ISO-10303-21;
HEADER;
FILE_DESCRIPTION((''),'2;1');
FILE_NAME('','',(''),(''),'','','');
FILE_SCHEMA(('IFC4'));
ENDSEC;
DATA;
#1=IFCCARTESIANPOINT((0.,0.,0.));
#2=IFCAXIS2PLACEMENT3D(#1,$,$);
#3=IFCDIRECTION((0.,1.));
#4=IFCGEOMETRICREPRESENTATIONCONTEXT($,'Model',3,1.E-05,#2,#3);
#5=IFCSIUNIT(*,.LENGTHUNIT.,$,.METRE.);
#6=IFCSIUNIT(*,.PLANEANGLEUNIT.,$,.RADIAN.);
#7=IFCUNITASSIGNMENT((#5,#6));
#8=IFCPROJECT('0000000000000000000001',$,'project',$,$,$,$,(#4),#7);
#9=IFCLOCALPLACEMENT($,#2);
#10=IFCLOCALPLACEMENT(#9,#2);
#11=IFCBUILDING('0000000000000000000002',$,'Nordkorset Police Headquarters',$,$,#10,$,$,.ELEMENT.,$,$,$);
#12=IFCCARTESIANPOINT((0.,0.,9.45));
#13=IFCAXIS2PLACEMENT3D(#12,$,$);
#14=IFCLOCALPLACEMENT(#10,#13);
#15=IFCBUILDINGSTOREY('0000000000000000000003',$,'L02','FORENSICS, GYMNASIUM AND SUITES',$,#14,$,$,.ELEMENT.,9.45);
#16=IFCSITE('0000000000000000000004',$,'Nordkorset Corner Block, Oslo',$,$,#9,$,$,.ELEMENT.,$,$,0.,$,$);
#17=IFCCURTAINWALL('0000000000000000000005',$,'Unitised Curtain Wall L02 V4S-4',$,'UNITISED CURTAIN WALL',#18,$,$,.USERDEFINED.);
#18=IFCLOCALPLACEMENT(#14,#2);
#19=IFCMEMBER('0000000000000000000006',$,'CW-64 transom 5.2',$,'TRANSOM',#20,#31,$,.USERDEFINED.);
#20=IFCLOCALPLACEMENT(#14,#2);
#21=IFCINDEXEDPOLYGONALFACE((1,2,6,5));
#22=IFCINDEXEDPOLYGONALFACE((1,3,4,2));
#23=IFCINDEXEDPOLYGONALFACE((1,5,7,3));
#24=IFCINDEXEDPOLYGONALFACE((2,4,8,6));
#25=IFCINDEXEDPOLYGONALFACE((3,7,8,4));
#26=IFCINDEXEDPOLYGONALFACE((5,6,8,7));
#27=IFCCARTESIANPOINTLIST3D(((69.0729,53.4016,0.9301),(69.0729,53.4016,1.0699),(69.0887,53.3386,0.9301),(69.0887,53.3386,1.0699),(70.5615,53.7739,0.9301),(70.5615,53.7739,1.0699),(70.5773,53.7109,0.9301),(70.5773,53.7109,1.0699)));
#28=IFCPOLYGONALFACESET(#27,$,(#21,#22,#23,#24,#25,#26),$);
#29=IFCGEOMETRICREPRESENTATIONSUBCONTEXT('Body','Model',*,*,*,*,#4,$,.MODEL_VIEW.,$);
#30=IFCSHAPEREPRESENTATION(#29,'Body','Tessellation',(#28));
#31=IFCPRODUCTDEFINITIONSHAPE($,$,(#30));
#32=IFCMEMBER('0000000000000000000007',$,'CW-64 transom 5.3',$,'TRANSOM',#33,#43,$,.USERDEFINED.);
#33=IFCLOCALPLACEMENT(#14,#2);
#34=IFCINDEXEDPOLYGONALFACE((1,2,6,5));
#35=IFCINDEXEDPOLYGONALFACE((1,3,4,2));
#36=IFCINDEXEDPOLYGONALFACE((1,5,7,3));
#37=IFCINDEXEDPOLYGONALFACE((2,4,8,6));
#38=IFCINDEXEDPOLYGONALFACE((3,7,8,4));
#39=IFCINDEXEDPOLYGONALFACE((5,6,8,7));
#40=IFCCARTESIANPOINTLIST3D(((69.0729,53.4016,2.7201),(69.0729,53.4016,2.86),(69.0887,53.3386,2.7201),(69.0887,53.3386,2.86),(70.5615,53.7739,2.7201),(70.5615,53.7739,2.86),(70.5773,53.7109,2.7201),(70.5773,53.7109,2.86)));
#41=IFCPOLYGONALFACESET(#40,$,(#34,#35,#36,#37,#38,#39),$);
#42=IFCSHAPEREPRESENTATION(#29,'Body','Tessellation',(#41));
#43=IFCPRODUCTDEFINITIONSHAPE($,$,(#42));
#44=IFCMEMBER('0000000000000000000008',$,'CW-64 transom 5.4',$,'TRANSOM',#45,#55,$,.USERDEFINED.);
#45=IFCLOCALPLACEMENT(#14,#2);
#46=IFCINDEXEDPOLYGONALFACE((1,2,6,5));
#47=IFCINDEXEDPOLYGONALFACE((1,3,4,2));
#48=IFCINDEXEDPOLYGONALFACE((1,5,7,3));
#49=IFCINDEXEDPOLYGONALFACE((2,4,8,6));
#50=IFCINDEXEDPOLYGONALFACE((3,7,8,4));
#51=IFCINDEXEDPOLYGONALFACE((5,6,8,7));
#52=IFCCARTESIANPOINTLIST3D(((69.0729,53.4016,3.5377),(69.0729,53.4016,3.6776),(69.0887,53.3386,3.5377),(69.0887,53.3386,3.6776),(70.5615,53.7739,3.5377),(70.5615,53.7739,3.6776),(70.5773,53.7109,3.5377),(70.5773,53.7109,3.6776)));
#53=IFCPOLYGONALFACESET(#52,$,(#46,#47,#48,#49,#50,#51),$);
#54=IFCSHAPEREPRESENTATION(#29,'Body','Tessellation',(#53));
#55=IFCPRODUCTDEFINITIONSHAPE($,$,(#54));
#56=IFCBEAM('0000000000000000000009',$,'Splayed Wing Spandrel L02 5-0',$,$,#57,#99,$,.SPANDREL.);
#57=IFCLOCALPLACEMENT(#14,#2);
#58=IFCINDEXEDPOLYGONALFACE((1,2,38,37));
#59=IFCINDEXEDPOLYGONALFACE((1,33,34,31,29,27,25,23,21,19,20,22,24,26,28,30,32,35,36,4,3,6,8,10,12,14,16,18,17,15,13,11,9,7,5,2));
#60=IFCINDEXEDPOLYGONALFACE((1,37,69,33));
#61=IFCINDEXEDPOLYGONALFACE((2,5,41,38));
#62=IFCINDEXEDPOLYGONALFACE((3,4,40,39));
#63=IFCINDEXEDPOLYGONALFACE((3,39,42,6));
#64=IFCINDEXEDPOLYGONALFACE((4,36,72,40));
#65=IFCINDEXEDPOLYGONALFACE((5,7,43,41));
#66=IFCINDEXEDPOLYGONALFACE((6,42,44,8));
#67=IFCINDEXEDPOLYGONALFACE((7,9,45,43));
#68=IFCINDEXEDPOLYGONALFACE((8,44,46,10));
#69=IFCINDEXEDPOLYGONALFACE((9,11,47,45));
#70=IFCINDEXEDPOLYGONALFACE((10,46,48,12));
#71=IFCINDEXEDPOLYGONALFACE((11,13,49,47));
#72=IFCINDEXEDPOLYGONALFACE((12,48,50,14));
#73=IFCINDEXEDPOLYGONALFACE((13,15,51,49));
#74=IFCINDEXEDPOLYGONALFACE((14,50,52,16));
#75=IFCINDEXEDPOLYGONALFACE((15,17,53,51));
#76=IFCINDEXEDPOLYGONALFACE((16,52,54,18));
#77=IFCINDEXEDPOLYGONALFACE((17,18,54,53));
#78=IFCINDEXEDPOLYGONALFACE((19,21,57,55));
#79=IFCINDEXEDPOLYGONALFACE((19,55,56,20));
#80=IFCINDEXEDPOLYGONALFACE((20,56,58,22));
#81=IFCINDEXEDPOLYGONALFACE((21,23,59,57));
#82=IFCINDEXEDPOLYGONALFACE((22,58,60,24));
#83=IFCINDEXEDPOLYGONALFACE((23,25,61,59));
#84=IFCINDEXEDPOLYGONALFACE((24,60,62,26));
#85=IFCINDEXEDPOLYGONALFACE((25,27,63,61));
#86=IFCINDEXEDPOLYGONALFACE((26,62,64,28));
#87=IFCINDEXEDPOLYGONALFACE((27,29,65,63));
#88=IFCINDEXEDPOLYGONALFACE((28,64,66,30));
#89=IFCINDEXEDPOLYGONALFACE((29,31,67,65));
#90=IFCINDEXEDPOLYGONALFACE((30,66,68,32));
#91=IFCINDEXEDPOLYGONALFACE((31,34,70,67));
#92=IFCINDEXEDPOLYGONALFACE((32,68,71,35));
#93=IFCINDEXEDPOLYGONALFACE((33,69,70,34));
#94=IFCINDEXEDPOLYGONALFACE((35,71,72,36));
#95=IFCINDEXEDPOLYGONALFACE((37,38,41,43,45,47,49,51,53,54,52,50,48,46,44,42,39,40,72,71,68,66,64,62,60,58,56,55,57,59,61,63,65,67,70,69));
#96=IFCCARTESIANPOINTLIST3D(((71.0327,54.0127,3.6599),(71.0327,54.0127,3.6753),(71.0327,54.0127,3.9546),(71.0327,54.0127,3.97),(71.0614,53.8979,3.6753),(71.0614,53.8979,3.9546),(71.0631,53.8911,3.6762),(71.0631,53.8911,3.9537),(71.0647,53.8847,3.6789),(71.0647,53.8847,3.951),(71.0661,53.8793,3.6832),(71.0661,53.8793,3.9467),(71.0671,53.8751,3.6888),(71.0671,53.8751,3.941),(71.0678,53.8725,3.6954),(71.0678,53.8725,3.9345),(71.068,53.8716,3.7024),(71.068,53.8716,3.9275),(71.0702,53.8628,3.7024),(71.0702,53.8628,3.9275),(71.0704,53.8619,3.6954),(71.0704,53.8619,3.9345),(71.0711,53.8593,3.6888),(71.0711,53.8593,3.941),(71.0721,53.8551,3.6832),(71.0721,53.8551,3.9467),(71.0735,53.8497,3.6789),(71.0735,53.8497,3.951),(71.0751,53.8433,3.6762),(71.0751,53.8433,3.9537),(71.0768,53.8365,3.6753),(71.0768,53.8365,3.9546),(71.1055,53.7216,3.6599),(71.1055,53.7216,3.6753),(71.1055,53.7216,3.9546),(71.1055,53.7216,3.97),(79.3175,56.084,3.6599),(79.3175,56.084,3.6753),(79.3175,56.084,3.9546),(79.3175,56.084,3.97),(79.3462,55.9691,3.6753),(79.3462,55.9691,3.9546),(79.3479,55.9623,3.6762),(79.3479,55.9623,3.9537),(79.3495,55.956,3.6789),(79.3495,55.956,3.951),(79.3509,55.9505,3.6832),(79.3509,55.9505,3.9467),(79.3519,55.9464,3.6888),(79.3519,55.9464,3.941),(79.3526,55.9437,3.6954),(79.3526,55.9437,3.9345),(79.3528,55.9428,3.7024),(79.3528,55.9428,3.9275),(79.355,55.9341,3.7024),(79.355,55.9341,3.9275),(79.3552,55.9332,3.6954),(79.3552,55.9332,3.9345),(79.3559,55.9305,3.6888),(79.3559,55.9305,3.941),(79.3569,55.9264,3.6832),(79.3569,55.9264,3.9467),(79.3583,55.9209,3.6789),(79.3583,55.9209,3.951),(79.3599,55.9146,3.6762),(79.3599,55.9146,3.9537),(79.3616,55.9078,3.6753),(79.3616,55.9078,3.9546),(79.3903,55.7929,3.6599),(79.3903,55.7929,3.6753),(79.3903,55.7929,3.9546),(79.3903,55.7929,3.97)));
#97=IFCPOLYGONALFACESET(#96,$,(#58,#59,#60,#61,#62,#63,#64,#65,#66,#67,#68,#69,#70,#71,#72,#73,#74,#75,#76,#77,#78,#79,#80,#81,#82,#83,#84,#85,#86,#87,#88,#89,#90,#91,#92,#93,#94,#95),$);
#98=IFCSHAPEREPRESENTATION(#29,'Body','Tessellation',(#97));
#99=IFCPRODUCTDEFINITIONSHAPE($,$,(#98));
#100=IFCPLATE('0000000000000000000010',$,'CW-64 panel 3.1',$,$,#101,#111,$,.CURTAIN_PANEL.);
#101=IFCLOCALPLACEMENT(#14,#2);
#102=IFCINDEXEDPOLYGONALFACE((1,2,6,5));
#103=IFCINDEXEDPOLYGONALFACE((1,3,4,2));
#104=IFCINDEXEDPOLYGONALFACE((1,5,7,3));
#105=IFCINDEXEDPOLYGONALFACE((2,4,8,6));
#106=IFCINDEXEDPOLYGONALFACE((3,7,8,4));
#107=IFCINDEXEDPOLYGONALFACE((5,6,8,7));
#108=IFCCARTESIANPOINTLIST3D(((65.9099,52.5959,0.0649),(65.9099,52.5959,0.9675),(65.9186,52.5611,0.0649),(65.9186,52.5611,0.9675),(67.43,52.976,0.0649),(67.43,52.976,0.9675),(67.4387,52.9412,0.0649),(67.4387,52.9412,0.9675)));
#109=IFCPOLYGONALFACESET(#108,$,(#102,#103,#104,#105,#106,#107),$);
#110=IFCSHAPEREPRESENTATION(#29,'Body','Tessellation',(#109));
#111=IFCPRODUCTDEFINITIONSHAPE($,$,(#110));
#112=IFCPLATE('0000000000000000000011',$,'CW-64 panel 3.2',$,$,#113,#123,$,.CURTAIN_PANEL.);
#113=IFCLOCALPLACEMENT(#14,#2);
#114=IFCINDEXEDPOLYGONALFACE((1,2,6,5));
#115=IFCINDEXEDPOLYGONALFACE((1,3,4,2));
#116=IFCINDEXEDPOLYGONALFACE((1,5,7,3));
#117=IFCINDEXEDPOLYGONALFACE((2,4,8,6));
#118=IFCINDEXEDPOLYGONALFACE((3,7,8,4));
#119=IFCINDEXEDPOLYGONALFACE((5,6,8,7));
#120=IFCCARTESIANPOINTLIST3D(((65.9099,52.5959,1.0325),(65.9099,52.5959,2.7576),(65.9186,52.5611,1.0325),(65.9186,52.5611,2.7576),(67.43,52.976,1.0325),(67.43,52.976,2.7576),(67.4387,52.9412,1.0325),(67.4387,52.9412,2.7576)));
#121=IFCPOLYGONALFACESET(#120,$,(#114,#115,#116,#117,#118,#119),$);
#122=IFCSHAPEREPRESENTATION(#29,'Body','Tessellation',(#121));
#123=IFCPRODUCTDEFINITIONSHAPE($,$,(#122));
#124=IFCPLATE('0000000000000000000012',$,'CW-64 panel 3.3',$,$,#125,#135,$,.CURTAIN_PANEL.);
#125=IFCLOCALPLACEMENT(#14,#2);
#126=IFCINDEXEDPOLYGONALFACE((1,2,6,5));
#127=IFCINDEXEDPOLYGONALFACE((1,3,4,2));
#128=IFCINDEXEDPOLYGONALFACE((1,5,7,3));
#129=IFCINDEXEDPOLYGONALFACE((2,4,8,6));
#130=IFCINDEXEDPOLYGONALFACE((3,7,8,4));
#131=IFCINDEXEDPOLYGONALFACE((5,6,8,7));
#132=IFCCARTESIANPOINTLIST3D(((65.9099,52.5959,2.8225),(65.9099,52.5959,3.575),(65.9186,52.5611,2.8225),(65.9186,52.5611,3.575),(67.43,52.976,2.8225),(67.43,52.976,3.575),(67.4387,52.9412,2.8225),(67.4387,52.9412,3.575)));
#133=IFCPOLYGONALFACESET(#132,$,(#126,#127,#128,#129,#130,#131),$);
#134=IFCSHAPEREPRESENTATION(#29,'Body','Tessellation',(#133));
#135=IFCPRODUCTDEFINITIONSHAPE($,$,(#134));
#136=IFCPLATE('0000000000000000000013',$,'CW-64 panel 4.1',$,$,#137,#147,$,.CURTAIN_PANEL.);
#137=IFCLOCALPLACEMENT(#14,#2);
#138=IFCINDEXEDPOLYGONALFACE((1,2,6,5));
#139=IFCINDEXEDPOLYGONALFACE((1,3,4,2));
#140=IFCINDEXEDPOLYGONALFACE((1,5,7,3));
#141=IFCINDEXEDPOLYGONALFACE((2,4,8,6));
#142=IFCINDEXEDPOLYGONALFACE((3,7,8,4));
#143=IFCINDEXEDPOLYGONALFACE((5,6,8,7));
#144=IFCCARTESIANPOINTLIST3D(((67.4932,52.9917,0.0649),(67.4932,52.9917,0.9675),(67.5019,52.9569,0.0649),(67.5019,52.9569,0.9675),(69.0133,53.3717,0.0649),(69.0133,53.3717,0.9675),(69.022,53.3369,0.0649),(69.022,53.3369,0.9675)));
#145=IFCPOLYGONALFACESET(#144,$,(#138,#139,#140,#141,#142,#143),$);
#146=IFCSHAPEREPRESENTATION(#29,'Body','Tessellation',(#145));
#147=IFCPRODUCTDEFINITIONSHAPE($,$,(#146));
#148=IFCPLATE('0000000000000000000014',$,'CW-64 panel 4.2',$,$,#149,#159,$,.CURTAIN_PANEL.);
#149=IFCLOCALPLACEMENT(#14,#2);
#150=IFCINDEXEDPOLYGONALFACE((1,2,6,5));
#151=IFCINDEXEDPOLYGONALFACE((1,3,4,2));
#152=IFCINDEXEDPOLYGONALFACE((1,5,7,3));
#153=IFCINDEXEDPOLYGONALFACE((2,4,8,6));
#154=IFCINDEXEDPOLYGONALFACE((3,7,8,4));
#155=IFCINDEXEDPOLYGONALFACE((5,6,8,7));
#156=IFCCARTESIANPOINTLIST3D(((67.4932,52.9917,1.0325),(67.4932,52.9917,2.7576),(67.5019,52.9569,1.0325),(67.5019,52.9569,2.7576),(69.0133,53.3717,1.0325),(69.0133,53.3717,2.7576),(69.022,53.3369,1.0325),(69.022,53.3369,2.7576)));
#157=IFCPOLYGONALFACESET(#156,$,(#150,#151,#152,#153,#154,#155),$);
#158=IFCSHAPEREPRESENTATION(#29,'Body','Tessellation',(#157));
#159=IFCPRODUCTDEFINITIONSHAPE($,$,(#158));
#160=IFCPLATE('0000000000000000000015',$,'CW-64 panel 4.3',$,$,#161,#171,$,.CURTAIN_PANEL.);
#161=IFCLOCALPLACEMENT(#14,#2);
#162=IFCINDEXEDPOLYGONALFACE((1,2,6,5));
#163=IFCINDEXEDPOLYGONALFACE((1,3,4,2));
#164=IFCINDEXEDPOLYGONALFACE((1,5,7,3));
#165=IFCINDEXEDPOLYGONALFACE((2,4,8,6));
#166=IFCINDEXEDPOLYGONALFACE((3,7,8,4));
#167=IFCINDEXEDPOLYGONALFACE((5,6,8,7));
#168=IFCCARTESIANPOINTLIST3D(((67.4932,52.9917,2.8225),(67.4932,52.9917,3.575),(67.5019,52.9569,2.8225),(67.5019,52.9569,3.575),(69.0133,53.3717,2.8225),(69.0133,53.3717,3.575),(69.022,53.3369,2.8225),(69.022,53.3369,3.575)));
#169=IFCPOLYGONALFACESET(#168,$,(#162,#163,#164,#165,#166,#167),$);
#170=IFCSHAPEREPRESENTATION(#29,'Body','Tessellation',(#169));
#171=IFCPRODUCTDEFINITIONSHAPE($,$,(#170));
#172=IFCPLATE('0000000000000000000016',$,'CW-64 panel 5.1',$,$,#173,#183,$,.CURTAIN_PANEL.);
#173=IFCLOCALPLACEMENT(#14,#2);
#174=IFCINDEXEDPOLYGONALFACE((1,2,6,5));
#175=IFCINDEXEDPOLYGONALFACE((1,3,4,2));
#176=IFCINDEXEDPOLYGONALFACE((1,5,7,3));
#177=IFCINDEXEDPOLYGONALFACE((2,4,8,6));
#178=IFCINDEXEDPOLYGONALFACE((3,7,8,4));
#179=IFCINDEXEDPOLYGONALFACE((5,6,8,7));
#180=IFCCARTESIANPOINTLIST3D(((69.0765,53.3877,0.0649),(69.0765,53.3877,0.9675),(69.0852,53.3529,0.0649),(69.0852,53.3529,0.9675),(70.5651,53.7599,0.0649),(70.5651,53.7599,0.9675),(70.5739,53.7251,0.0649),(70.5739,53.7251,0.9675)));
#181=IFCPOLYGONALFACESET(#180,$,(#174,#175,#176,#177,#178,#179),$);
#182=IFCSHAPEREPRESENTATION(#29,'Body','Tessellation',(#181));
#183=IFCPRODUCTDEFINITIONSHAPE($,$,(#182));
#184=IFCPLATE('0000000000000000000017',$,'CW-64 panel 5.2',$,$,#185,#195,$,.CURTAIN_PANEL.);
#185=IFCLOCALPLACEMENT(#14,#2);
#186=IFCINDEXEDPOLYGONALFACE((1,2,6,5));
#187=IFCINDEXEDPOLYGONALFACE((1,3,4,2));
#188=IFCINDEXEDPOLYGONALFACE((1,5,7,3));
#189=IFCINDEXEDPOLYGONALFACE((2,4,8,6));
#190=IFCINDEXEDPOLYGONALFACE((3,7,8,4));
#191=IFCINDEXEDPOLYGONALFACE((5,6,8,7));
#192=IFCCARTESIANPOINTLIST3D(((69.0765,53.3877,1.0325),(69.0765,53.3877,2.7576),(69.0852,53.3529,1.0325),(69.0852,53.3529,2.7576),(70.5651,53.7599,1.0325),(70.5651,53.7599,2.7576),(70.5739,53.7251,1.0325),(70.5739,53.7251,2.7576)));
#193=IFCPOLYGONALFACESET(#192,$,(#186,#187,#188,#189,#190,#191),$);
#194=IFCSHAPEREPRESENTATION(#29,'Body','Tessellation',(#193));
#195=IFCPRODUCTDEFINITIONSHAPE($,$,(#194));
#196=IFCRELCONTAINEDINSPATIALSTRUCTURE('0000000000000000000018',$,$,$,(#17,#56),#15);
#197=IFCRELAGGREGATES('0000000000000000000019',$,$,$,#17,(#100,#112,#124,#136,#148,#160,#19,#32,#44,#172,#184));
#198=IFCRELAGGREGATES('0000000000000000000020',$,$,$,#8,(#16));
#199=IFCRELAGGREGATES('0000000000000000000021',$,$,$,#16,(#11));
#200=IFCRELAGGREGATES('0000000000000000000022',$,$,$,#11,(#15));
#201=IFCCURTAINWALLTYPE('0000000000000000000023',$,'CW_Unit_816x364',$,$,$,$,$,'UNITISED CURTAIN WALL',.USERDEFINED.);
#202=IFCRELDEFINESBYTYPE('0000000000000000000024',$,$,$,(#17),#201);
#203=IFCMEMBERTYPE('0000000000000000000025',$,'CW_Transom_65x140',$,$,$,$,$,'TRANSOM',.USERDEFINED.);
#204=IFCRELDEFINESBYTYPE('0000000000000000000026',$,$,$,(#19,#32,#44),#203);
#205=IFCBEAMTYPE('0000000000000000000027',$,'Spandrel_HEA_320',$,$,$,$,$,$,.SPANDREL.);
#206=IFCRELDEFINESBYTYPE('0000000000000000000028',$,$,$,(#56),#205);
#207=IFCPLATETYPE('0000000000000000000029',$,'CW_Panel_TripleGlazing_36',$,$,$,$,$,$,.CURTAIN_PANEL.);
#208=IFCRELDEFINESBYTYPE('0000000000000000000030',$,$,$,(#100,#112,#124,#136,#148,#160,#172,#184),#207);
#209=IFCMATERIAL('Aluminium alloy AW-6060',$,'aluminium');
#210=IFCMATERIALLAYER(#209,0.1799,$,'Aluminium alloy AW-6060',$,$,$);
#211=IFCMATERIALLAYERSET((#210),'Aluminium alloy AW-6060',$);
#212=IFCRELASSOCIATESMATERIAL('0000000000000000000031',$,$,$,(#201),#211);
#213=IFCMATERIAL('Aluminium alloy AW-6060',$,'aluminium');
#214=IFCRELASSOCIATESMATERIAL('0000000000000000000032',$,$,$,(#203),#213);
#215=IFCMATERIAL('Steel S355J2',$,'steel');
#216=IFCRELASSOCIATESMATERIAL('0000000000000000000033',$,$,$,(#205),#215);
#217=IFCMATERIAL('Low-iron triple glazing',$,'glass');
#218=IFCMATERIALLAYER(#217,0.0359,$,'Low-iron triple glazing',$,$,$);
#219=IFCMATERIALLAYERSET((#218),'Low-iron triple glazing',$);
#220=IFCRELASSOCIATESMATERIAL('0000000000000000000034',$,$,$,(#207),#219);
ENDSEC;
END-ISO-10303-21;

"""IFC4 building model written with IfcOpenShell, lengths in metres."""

from ifc_helpers import new_model, si_unit, direction, frame, origin, origin_2d, place, context, subcontext, project, spatial, rectangle, i_section, extrude, material, layer, layer_set, material_profile, profile_set, type_object, element, aggregate, save


model = new_model("IFC4")

# Units and contexts
model_context = context("Model", 3, precision=1e-05, world=origin(), true_north=direction((0.0, 1.0)))
body_context = subcontext(model_context, "Body", "Model", "MODEL_VIEW")
ifc_project = project(units=[si_unit("LENGTHUNIT", "METRE"), si_unit("PLANEANGLEUNIT", "RADIAN")], contexts=[model_context])

# Site, building, storey
site_placement = place(None, origin())
site = spatial("IfcSite", under=ifc_project, at=site_placement, Name="Nordkorset Corner Block, Oslo", CompositionType="ELEMENT", RefElevation=0.0)
building_placement = place(site_placement, origin())
building = spatial("IfcBuilding", under=site, at=building_placement, Name="Nordkorset Police Headquarters", CompositionType="ELEMENT")
storey_placement = place(building_placement, frame((0.0, 0.0, 9.45)))
storey = spatial("IfcBuildingStorey", under=building, at=storey_placement, Name="L02", Description="FORENSICS, GYMNASIUM AND SUITES", CompositionType="ELEMENT", Elevation=9.45)

# Curtain wall, members
ifc_material_1 = material(Name="Aluminium alloy AW-6060", Category="aluminium")
ifc_layer_1 = layer(ifc_material_1, 0.1799, Name="Aluminium alloy AW-6060")
ifc_layer_set_1 = layer_set([ifc_layer_1], Name="Aluminium alloy AW-6060")
curtain_wall_type = type_object("IfcCurtainWallType", Name="CW_Unit_816x364", ElementType="UNITISED CURTAIN WALL", PredefinedType="USERDEFINED", material=ifc_layer_set_1)
curtain_wall_placement = place(storey_placement, origin())
curtain_wall = element("IfcCurtainWall", 1, at=curtain_wall_placement, inside=storey, type_object=curtain_wall_type, Name="Unitised Curtain Wall L02 V4S-4", ObjectType="UNITISED CURTAIN WALL", PredefinedType="USERDEFINED")
ifc_material_2 = material(Name="Aluminium alloy AW-6060", Category="aluminium")
ifc_material_profile_1 = material_profile(ifc_material_2, rectangle(XDim=0.0649, YDim=0.1399, at=origin_2d()), Name="ALU TRAN 65x140")
ifc_profile_set_1 = profile_set([ifc_material_profile_1], Name="Aluminium alloy AW-6060")
member_type_1 = type_object("IfcMemberType", Name="CW_Transom_65x140", ElementType="TRANSOM", PredefinedType="USERDEFINED", material=ifc_profile_set_1)
member_1_placement = place(storey_placement, frame((69.0808, 53.3701, 1.0), z_axis=(0.970114, 0.242648, 0.0), x_axis=(-0.242648, 0.970114, 0.0)))
member_1 = element("IfcMember", 2, at=member_1_placement, type_object=member_type_1, Name="CW-64 transom 5.2", ObjectType="TRANSOM", PredefinedType="USERDEFINED", context=body_context, shape_type="SweptSolid", body=[
    extrude(rectangle(XDim=0.0649, YDim=0.1399, at=origin_2d()), origin(), (0.0, 0.0, 1.0), 1.5344),
])
member_2_placement = place(storey_placement, frame((69.0808, 53.3701, 2.79), z_axis=(0.970114, 0.242648, 0.0), x_axis=(-0.242648, 0.970114, 0.0)))
member_2 = element("IfcMember", 3, at=member_2_placement, type_object=member_type_1, Name="CW-64 transom 5.3", ObjectType="TRANSOM", PredefinedType="USERDEFINED", context=body_context, shape_type="SweptSolid", body=[
    extrude(rectangle(XDim=0.0649, YDim=0.1399, at=origin_2d()), origin(), (0.0, 0.0, 1.0), 1.5344),
])
member_3_placement = place(storey_placement, frame((69.0808, 53.3701, 3.6077), z_axis=(0.970114, 0.242648, 0.0), x_axis=(-0.242648, 0.970114, 0.0)))
member_3 = element("IfcMember", 4, at=member_3_placement, type_object=member_type_1, Name="CW-64 transom 5.4", ObjectType="TRANSOM", PredefinedType="USERDEFINED", context=body_context, shape_type="SweptSolid", body=[
    extrude(rectangle(XDim=0.0649, YDim=0.1399, at=origin_2d()), origin(), (0.0, 0.0, 1.0), 1.5344),
])

# Beam
ifc_material_3 = material(Name="Steel S355J2", Category="steel")
ifc_material_profile_2 = material_profile(ifc_material_3, i_section(OverallWidth=0.3, OverallDepth=0.3101, WebThickness=0.009, FlangeThickness=0.0154, FilletRadius=0.0271, at=origin_2d()), Name="HEA 320")
ifc_profile_set_2 = profile_set([ifc_material_profile_2], Name="Steel S355J2")
beam_type = type_object("IfcBeamType", Name="Spandrel_HEA_320", PredefinedType="SPANDREL", material=ifc_profile_set_2)
beam_placement = place(storey_placement, frame((71.0691, 53.8672, 3.8149), z_axis=(0.970141, 0.242542, 0.0), x_axis=(-0.242542, 0.970141, 0.0)))
element("IfcBeam", 5, at=beam_placement, inside=storey, type_object=beam_type, Name="Splayed Wing Spandrel L02 5-0", PredefinedType="SPANDREL", context=body_context, shape_type="SweptSolid", body=[
    extrude(i_section(OverallWidth=0.3, OverallDepth=0.3101, WebThickness=0.009, FlangeThickness=0.0154, FilletRadius=0.0271, at=origin_2d()), origin(), (0.0, 0.0, 1.0), 8.5398),
])

# Plates
ifc_material_4 = material(Name="Low-iron triple glazing", Category="glass")
ifc_layer_2 = layer(ifc_material_4, 0.0359, Name="Low-iron triple glazing")
ifc_layer_set_2 = layer_set([ifc_layer_2], Name="Low-iron triple glazing")
plate_type = type_object("IfcPlateType", Name="CW_Panel_TripleGlazing_36", PredefinedType="CURTAIN_PANEL", material=ifc_layer_set_2)
plate_1_placement = place(storey_placement, frame((66.6743, 52.7686, 0.0649), z_axis=(0.0, 0.0, 1.0), x_axis=(0.970143, 0.242536, 0.0)))
plate_1 = element("IfcPlate", 6, at=plate_1_placement, type_object=plate_type, Name="CW-64 panel 3.1", PredefinedType="CURTAIN_PANEL", context=body_context, shape_type="SweptSolid", body=[
    extrude(rectangle(XDim=1.5669, YDim=0.0359, at=origin_2d()), origin(), (0.0, 0.0, 1.0), 0.9026),
])
plate_2_placement = place(storey_placement, frame((66.6743, 52.7686, 1.0325), z_axis=(0.0, 0.0, 1.0), x_axis=(0.970143, 0.242536, 0.0)))
plate_2 = element("IfcPlate", 7, at=plate_2_placement, type_object=plate_type, Name="CW-64 panel 3.2", PredefinedType="CURTAIN_PANEL", context=body_context, shape_type="SweptSolid", body=[
    extrude(rectangle(XDim=1.5669, YDim=0.0359, at=origin_2d()), origin(), (0.0, 0.0, 1.0), 1.7251),
])
plate_3_placement = place(storey_placement, frame((66.6743, 52.7686, 2.8225), z_axis=(0.0, 0.0, 1.0), x_axis=(0.970143, 0.242536, 0.0)))
plate_3 = element("IfcPlate", 8, at=plate_3_placement, type_object=plate_type, Name="CW-64 panel 3.3", PredefinedType="CURTAIN_PANEL", context=body_context, shape_type="SweptSolid", body=[
    extrude(rectangle(XDim=1.5669, YDim=0.0359, at=origin_2d()), origin(), (0.0, 0.0, 1.0), 0.7524),
])
plate_4_placement = place(storey_placement, frame((68.2576, 53.1643, 0.0649), z_axis=(0.0, 0.0, 1.0), x_axis=(0.970143, 0.242536, 0.0)))
plate_4 = element("IfcPlate", 9, at=plate_4_placement, type_object=plate_type, Name="CW-64 panel 4.1", PredefinedType="CURTAIN_PANEL", context=body_context, shape_type="SweptSolid", body=[
    extrude(rectangle(XDim=1.5669, YDim=0.0359, at=origin_2d()), origin(), (0.0, 0.0, 1.0), 0.9026),
])
plate_5_placement = place(storey_placement, frame((68.2576, 53.1643, 1.0325), z_axis=(0.0, 0.0, 1.0), x_axis=(0.970143, 0.242536, 0.0)))
plate_5 = element("IfcPlate", 10, at=plate_5_placement, type_object=plate_type, Name="CW-64 panel 4.2", PredefinedType="CURTAIN_PANEL", context=body_context, shape_type="SweptSolid", body=[
    extrude(rectangle(XDim=1.5669, YDim=0.0359, at=origin_2d()), origin(), (0.0, 0.0, 1.0), 1.7251),
])
plate_6_placement = place(storey_placement, frame((68.2576, 53.1643, 2.8225), z_axis=(0.0, 0.0, 1.0), x_axis=(0.970143, 0.242536, 0.0)))
plate_6 = element("IfcPlate", 11, at=plate_6_placement, type_object=plate_type, Name="CW-64 panel 4.3", PredefinedType="CURTAIN_PANEL", context=body_context, shape_type="SweptSolid", body=[
    extrude(rectangle(XDim=1.5669, YDim=0.0359, at=origin_2d()), origin(), (0.0, 0.0, 1.0), 0.7524),
])
plate_7_placement = place(storey_placement, frame((69.8252, 53.5564, 0.0649), z_axis=(0.0, 0.0, 1.0), x_axis=(0.970143, 0.242536, 0.0)))
plate_7 = element("IfcPlate", 12, at=plate_7_placement, type_object=plate_type, Name="CW-64 panel 5.1", PredefinedType="CURTAIN_PANEL", context=body_context, shape_type="SweptSolid", body=[
    extrude(rectangle(XDim=1.5344, YDim=0.0359, at=origin_2d()), origin(), (0.0, 0.0, 1.0), 0.9026),
])
plate_8_placement = place(storey_placement, frame((69.8252, 53.5564, 1.0325), z_axis=(0.0, 0.0, 1.0), x_axis=(0.970143, 0.242536, 0.0)))
plate_8 = element("IfcPlate", 13, at=plate_8_placement, type_object=plate_type, Name="CW-64 panel 5.2", PredefinedType="CURTAIN_PANEL", context=body_context, shape_type="SweptSolid", body=[
    extrude(rectangle(XDim=1.5344, YDim=0.0359, at=origin_2d()), origin(), (0.0, 0.0, 1.0), 1.7251),
])
aggregate(curtain_wall, [plate_1, plate_2, plate_3, plate_4, plate_5, plate_6, member_1, member_2, member_3, plate_7, plate_8])

save(model, "model.ifc")
